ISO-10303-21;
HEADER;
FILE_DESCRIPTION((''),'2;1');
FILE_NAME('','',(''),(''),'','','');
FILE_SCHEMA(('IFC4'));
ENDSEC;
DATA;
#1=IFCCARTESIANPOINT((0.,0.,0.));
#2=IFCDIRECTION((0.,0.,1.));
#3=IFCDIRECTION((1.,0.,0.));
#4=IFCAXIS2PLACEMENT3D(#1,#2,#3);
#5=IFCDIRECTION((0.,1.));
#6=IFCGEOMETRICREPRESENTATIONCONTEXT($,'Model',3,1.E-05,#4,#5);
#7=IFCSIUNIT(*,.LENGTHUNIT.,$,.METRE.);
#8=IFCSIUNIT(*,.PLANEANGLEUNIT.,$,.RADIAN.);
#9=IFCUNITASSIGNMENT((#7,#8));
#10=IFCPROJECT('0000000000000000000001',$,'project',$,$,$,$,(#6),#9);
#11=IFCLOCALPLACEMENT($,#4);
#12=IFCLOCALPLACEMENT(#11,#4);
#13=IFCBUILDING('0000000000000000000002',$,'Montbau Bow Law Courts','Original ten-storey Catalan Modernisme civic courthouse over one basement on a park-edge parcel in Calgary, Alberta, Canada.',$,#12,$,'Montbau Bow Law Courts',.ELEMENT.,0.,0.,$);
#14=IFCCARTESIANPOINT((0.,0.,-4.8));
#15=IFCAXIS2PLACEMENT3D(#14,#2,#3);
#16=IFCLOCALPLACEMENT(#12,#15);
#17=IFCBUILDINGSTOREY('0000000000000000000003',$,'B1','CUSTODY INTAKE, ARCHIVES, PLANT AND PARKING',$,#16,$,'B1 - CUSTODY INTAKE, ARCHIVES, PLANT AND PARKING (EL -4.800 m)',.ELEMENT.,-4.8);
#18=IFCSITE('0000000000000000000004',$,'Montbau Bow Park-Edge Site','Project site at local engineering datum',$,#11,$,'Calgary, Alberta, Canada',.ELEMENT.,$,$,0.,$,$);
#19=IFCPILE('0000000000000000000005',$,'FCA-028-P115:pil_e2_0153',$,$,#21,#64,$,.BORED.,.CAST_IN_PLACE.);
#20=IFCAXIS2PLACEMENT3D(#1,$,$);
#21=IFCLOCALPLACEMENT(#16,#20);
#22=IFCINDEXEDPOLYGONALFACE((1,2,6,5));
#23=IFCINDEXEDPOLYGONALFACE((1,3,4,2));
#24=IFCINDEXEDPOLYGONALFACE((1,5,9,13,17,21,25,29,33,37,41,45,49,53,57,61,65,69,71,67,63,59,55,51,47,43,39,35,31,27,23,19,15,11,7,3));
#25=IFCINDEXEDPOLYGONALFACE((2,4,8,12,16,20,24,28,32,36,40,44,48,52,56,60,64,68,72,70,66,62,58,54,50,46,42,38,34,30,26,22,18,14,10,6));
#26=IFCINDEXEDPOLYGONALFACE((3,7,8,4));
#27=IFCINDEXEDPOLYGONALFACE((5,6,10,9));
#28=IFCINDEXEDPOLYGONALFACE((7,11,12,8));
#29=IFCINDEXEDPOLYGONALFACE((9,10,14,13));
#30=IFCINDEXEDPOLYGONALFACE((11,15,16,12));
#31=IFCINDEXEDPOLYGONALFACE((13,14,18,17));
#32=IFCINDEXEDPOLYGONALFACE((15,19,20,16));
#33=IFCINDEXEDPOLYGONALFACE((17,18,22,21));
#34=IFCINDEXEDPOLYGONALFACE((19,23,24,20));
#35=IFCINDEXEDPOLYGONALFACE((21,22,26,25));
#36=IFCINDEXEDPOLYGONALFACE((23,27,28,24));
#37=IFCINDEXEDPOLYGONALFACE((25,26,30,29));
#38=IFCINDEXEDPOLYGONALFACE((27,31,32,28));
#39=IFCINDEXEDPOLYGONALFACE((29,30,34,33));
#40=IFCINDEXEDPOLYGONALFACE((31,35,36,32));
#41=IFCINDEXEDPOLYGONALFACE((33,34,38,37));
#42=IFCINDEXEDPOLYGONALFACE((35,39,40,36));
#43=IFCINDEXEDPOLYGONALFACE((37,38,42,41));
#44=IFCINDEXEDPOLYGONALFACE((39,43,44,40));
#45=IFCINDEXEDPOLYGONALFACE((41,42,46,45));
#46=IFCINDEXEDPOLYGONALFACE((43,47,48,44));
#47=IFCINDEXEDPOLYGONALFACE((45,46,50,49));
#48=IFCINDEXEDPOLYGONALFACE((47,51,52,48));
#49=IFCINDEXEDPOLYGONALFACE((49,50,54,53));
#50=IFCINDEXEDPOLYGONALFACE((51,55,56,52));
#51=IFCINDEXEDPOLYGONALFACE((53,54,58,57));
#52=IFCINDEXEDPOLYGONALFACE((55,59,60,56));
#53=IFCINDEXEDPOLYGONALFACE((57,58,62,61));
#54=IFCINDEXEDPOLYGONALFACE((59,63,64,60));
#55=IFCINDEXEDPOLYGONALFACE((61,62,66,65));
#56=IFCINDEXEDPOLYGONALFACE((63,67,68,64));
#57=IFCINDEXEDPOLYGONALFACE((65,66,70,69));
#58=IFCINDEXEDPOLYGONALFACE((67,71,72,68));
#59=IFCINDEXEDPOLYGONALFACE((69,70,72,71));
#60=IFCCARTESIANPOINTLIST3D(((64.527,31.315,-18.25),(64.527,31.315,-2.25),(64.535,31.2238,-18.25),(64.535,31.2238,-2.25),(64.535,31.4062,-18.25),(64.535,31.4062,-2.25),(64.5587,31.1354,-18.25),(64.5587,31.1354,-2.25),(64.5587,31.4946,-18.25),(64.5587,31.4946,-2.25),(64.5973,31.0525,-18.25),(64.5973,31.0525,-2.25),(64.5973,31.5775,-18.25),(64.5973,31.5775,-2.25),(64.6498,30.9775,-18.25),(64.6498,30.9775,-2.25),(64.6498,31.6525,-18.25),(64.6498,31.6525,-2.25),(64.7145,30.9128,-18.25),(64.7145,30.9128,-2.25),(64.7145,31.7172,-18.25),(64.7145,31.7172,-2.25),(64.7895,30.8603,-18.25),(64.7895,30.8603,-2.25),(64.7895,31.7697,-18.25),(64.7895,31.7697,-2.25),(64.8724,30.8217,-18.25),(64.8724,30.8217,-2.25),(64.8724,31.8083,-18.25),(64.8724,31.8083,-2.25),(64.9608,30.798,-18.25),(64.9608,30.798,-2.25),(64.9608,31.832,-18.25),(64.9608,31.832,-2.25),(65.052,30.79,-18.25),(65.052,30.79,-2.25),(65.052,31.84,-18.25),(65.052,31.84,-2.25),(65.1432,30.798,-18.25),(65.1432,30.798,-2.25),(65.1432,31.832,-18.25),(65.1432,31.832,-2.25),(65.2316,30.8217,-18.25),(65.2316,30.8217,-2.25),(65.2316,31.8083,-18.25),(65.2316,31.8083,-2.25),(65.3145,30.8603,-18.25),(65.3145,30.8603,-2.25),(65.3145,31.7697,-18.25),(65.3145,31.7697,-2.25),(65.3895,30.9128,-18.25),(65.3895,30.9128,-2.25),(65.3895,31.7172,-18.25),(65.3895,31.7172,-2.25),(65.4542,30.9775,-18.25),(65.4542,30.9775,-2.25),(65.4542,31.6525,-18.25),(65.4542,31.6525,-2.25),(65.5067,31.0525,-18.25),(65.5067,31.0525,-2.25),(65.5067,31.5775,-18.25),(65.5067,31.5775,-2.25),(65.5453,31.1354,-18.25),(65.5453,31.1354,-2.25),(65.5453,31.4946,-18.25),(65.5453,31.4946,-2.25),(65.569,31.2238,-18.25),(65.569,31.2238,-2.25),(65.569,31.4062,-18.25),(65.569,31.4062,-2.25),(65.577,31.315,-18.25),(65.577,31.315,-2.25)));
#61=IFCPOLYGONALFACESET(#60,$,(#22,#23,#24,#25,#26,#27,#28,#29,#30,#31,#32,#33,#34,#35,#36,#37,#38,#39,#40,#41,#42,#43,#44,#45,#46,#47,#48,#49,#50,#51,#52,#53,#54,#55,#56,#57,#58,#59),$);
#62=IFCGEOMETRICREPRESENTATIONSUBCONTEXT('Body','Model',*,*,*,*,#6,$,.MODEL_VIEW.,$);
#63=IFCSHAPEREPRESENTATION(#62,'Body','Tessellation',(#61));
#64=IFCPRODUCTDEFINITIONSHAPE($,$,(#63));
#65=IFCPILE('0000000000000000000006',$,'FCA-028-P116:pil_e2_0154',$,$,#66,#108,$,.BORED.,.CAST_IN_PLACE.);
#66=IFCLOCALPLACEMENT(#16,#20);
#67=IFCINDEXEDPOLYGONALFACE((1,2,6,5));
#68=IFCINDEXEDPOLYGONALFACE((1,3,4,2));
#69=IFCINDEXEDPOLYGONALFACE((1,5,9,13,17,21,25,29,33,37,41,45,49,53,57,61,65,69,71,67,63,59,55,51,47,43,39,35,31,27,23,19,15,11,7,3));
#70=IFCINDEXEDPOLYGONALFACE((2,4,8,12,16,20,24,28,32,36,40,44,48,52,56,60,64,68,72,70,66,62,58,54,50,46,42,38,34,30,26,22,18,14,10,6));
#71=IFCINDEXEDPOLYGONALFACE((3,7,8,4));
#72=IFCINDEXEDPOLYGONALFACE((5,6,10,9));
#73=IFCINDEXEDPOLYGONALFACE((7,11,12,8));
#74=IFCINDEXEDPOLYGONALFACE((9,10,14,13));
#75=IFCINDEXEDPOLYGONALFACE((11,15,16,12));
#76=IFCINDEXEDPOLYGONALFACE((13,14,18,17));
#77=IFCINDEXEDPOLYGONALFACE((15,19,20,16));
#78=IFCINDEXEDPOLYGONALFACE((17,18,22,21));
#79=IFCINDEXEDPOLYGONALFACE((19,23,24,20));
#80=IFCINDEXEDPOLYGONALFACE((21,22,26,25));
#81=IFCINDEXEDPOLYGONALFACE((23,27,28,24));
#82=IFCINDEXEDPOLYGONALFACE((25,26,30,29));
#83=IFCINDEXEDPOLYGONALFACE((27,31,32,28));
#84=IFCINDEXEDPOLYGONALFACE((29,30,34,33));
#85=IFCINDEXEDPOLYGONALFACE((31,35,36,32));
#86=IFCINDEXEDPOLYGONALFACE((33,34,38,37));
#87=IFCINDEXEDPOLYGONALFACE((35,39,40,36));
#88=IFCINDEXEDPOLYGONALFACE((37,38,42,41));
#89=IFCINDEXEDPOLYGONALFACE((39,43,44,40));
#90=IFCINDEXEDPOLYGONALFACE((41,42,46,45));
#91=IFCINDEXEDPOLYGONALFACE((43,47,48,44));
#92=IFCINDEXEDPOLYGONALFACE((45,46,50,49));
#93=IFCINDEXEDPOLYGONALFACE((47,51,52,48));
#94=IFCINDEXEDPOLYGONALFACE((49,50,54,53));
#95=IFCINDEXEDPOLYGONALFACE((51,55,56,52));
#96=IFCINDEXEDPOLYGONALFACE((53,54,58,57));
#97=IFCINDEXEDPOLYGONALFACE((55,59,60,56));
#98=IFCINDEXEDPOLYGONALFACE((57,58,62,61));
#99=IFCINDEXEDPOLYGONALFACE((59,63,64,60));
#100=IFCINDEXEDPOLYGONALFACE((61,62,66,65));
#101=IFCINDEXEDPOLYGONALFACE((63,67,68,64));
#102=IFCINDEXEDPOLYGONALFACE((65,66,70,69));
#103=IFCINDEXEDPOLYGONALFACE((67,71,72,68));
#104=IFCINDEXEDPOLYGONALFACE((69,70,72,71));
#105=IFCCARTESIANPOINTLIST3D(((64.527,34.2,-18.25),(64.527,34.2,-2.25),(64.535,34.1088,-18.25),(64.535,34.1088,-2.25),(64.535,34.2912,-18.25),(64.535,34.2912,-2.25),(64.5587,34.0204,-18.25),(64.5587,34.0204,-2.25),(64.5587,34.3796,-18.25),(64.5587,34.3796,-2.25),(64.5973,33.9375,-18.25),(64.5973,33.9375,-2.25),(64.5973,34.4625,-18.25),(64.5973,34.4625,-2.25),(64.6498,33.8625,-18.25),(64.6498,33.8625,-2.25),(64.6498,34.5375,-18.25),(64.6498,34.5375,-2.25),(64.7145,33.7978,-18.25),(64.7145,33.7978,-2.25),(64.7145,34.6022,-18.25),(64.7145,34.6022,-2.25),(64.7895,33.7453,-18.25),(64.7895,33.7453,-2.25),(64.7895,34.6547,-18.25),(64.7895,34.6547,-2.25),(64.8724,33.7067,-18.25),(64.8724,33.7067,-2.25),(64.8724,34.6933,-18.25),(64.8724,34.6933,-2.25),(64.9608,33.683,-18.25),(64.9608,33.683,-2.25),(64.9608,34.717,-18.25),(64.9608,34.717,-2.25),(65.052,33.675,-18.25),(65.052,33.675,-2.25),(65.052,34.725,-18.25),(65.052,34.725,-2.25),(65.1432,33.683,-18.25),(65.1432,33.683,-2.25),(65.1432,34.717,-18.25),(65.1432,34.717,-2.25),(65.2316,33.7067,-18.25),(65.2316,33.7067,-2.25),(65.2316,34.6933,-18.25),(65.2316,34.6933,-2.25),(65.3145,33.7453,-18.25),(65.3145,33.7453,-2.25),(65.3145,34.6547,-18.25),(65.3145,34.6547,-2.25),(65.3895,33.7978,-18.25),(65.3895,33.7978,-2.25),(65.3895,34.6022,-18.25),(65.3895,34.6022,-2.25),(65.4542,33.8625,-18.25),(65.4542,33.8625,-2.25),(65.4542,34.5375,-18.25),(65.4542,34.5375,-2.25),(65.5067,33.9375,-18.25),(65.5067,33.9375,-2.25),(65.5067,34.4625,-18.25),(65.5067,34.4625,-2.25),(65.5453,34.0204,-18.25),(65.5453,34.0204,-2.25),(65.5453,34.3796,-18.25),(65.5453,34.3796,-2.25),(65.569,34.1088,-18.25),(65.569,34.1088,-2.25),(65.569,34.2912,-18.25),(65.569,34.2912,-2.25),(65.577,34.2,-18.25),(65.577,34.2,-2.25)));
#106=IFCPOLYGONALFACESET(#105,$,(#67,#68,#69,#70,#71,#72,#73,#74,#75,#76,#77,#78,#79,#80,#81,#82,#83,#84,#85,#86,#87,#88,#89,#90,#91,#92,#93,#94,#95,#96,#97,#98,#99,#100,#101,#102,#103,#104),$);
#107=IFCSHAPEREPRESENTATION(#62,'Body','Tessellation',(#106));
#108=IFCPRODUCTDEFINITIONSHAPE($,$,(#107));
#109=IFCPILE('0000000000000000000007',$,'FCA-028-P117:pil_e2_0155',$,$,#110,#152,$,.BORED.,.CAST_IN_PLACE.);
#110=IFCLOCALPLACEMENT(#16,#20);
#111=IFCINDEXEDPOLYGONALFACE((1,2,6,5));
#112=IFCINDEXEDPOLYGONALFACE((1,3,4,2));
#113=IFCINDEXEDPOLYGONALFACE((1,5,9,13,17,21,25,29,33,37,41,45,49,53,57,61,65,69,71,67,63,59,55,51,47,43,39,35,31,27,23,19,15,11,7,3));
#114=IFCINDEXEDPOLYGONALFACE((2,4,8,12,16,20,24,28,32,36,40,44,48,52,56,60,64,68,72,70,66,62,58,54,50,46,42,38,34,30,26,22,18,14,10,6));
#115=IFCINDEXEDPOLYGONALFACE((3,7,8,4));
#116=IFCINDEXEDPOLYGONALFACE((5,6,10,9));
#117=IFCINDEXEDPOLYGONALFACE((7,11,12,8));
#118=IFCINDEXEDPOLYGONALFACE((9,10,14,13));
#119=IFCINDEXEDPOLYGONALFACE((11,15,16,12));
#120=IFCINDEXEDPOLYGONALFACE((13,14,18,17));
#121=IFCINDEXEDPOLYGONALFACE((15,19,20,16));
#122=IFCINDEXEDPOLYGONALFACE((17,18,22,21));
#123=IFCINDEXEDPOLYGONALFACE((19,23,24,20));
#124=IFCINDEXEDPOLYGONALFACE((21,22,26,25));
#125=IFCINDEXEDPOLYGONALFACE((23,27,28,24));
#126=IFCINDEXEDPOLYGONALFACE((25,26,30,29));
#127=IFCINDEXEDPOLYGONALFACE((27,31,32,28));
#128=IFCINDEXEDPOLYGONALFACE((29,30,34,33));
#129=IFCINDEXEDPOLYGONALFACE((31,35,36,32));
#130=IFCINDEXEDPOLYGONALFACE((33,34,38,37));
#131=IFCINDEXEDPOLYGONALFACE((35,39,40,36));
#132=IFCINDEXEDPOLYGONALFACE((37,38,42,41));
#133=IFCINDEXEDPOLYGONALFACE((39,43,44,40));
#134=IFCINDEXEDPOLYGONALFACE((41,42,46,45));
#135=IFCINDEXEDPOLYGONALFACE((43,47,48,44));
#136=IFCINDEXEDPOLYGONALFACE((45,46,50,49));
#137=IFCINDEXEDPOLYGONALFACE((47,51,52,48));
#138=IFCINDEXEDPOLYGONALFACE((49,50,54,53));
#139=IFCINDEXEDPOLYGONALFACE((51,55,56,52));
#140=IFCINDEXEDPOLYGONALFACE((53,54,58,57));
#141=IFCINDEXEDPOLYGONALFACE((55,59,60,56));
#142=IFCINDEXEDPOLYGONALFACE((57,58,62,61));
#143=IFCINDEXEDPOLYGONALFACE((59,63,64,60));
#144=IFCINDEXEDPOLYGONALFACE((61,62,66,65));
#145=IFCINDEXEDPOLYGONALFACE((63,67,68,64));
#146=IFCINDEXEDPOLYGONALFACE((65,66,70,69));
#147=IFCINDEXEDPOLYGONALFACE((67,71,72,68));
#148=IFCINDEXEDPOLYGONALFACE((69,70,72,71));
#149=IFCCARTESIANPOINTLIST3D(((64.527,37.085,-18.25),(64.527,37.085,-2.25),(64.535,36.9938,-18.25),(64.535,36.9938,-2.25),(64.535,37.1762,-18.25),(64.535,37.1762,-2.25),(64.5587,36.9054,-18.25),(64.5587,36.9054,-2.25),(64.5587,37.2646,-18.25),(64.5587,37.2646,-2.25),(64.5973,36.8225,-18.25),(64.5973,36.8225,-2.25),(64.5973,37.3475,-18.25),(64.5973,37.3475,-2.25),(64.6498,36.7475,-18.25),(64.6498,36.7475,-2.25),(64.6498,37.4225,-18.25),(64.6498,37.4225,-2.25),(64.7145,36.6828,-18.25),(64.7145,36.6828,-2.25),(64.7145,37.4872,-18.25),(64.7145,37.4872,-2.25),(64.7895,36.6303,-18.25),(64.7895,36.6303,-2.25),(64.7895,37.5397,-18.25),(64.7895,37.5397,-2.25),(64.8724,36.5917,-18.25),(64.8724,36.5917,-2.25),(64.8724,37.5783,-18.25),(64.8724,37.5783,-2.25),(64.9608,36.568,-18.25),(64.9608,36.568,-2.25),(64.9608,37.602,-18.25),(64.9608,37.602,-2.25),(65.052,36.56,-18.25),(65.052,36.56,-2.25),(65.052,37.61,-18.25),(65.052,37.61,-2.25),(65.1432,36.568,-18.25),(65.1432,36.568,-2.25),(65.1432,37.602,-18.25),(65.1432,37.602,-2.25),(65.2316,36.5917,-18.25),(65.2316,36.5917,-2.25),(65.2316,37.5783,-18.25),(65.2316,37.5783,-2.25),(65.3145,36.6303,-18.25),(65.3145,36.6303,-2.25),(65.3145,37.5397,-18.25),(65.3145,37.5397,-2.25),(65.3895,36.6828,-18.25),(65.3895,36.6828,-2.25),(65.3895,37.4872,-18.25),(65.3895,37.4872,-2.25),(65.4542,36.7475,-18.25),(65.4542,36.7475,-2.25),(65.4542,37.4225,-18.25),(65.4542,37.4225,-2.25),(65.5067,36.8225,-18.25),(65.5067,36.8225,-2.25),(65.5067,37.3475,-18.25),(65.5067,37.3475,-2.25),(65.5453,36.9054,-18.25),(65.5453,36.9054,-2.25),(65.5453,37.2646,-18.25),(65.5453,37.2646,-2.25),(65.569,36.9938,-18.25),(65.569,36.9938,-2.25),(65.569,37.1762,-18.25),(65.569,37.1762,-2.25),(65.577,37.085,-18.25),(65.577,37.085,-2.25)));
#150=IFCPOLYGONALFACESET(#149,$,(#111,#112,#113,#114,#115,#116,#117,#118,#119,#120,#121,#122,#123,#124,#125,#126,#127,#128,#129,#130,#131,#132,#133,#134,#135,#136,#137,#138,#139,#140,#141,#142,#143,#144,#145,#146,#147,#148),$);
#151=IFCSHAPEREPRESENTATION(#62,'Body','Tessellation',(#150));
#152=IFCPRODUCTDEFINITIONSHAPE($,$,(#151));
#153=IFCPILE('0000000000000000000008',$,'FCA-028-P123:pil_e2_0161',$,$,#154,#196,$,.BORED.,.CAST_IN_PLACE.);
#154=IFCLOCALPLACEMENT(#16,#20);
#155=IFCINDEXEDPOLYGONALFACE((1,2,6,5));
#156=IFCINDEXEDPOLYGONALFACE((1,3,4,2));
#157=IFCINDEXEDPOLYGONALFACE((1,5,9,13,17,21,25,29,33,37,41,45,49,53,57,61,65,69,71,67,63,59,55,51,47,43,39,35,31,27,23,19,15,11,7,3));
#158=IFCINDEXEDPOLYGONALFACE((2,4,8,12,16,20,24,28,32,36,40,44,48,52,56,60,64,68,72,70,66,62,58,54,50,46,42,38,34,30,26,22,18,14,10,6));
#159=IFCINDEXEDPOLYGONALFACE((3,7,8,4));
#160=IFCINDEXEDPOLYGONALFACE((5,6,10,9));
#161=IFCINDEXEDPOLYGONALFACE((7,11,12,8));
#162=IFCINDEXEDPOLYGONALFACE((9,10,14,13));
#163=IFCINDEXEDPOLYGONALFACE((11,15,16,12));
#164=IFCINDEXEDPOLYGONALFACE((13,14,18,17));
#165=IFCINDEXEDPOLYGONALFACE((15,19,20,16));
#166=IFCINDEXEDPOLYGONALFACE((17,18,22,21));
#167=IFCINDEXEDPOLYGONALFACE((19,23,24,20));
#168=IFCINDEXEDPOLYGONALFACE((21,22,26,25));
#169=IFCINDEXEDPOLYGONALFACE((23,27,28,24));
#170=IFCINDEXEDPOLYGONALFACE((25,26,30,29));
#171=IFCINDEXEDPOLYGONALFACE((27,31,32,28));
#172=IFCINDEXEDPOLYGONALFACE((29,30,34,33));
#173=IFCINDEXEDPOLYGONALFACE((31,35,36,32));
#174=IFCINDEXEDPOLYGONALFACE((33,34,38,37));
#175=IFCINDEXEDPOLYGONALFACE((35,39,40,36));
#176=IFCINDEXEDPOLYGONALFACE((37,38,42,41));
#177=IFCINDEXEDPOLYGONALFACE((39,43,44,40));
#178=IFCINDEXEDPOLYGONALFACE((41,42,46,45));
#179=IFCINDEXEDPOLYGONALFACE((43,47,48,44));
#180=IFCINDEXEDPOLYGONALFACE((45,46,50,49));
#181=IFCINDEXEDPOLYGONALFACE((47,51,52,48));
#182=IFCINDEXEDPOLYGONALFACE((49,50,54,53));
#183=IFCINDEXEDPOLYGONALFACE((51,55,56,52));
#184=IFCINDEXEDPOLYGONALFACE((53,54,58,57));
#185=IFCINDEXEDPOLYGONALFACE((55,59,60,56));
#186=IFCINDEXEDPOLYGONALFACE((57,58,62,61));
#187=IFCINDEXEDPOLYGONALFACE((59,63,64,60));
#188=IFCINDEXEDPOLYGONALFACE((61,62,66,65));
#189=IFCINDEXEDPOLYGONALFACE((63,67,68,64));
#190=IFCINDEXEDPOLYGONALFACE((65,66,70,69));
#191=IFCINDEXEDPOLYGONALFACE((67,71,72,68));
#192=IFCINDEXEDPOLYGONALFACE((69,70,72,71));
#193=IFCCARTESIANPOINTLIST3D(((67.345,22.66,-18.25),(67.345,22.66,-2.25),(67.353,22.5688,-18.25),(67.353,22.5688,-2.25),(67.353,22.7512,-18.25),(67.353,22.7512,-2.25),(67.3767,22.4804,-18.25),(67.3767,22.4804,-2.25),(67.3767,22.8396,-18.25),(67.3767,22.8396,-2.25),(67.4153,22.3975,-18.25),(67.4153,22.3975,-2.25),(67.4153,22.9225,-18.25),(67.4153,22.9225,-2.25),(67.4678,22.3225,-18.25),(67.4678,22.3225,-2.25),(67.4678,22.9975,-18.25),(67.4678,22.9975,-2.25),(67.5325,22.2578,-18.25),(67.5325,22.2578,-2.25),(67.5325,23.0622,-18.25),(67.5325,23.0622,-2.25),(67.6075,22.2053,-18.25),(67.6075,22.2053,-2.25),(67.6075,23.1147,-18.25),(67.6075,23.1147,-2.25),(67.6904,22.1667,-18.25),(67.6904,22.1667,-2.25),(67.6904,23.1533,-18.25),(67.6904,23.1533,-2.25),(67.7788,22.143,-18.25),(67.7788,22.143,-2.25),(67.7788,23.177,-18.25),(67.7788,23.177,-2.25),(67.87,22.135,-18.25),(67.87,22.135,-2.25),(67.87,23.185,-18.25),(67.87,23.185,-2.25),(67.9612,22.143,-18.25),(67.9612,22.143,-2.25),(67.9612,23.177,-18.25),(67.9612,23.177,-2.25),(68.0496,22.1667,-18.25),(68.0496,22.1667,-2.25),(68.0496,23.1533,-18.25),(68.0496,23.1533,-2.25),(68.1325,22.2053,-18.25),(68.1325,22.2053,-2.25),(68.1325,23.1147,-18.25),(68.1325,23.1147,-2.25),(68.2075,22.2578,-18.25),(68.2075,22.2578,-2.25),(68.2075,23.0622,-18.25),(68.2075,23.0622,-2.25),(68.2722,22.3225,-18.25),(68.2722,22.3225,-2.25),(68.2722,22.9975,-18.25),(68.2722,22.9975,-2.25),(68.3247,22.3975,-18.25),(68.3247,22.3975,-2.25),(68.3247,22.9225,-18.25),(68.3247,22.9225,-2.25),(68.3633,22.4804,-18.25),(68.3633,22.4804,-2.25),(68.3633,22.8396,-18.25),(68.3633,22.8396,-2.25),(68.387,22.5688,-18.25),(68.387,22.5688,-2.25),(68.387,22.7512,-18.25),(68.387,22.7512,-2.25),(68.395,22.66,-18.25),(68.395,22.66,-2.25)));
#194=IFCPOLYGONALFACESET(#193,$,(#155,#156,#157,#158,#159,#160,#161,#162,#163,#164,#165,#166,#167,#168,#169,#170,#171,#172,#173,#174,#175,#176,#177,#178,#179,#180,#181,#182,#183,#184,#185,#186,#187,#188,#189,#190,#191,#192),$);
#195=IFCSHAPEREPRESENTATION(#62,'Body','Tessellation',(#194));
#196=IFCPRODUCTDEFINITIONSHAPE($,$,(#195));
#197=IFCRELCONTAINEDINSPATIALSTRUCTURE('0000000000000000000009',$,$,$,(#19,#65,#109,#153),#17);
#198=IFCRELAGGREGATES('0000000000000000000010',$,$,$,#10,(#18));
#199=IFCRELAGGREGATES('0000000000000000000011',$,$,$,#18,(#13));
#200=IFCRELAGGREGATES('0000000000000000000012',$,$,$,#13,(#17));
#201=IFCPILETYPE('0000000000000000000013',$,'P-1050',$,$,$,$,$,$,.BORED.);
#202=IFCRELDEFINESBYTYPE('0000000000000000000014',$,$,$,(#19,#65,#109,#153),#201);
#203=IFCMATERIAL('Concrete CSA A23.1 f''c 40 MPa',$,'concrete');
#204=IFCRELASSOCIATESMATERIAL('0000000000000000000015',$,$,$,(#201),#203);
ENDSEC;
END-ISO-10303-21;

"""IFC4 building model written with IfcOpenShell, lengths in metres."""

from ifc_helpers import new_model, si_unit, direction, frame, origin_with_axes, origin_2d_with_axis, place, context, subcontext, project, spatial, circle, extrude, material, material_profile, profile_set, type_object, element, save


model = new_model("IFC4")

# Units and contexts
model_context = context("Model", 3, precision=1e-05, world=origin_with_axes(), true_north=direction((0.0, 1.0)))
body_context = subcontext(model_context, "Body", "Model", "MODEL_VIEW")
ifc_project = project(units=[si_unit("LENGTHUNIT", "METRE"), si_unit("PLANEANGLEUNIT", "RADIAN")], contexts=[model_context])

# Site, building, storey
site_placement = place(None, origin_with_axes())
site = spatial("IfcSite", under=ifc_project, at=site_placement, Name="Montbau Bow Park-Edge Site", Description="Project site at local engineering datum", LongName="Calgary, Alberta, Canada", CompositionType="ELEMENT", RefElevation=0.0)
building_placement = place(site_placement, origin_with_axes())
building = spatial("IfcBuilding", under=site, at=building_placement, Name="Montbau Bow Law Courts", Description="Original ten-storey Catalan Modernisme civic courthouse over one basement on a park-edge parcel in Calgary, Alberta, Canada.", LongName="Montbau Bow Law Courts", CompositionType="ELEMENT", ElevationOfRefHeight=0.0, ElevationOfTerrain=0.0)
storey_placement = place(building_placement, frame((0.0, 0.0, -4.8), z_axis=(0.0, 0.0, 1.0), x_axis=(1.0, 0.0, 0.0)))
storey = spatial("IfcBuildingStorey", under=building, at=storey_placement, Name="B1", Description="CUSTODY INTAKE, ARCHIVES, PLANT AND PARKING", LongName="B1 - CUSTODY INTAKE, ARCHIVES, PLANT AND PARKING (EL -4.800 m)", CompositionType="ELEMENT", Elevation=-4.8)

# Piles
ifc_material_1 = material(Name="Concrete CSA A23.1 f'c 40 MPa", Category="concrete")
ifc_material_profile_1 = material_profile(ifc_material_1, circle(Radius=0.525, at=origin_2d_with_axis()), Name="BP1050", Category="Main", Priority=0)
ifc_profile_set_1 = profile_set([ifc_material_profile_1], Name="Concrete CSA A23.1 f'c 40 MPa")
pile_type = type_object("IfcPileType", Name="P-1050", PredefinedType="BORED", material=ifc_profile_set_1)
for number, where, z_axis, x_axis, name in (
    (1, (65.052, 31.315, -23.05), (0.0, 0.0, 1.0), (1.0, 0.0, 0.0), "FCA-028-P115:pil_e2_0153"),
    (2, (65.052, 34.2, -23.05), (0.0, 0.0, 1.0), (1.0, 0.0, 0.0), "FCA-028-P116:pil_e2_0154"),
    (3, (65.052, 37.085, -23.05), (0.0, 0.0, 1.0), (1.0, 0.0, 0.0), "FCA-028-P117:pil_e2_0155"),
    (4, (67.87, 22.66, -23.05), (0.0, 0.0, 1.0), (1.0, 0.0, 0.0), "FCA-028-P123:pil_e2_0161"),
):
    element("IfcPile", number, at=place(None, frame(where, z_axis=z_axis, x_axis=x_axis)), inside=storey, type_object=pile_type, Name=name, ConstructionType="CAST_IN_PLACE", PredefinedType="BORED", context=body_context, shape_type="SweptSolid", body=[
        extrude(circle(Radius=0.525, at=origin_2d_with_axis()), origin_with_axes(), (0.0, 0.0, 1.0), 16.0),
    ])

save(model, "model.ifc")
